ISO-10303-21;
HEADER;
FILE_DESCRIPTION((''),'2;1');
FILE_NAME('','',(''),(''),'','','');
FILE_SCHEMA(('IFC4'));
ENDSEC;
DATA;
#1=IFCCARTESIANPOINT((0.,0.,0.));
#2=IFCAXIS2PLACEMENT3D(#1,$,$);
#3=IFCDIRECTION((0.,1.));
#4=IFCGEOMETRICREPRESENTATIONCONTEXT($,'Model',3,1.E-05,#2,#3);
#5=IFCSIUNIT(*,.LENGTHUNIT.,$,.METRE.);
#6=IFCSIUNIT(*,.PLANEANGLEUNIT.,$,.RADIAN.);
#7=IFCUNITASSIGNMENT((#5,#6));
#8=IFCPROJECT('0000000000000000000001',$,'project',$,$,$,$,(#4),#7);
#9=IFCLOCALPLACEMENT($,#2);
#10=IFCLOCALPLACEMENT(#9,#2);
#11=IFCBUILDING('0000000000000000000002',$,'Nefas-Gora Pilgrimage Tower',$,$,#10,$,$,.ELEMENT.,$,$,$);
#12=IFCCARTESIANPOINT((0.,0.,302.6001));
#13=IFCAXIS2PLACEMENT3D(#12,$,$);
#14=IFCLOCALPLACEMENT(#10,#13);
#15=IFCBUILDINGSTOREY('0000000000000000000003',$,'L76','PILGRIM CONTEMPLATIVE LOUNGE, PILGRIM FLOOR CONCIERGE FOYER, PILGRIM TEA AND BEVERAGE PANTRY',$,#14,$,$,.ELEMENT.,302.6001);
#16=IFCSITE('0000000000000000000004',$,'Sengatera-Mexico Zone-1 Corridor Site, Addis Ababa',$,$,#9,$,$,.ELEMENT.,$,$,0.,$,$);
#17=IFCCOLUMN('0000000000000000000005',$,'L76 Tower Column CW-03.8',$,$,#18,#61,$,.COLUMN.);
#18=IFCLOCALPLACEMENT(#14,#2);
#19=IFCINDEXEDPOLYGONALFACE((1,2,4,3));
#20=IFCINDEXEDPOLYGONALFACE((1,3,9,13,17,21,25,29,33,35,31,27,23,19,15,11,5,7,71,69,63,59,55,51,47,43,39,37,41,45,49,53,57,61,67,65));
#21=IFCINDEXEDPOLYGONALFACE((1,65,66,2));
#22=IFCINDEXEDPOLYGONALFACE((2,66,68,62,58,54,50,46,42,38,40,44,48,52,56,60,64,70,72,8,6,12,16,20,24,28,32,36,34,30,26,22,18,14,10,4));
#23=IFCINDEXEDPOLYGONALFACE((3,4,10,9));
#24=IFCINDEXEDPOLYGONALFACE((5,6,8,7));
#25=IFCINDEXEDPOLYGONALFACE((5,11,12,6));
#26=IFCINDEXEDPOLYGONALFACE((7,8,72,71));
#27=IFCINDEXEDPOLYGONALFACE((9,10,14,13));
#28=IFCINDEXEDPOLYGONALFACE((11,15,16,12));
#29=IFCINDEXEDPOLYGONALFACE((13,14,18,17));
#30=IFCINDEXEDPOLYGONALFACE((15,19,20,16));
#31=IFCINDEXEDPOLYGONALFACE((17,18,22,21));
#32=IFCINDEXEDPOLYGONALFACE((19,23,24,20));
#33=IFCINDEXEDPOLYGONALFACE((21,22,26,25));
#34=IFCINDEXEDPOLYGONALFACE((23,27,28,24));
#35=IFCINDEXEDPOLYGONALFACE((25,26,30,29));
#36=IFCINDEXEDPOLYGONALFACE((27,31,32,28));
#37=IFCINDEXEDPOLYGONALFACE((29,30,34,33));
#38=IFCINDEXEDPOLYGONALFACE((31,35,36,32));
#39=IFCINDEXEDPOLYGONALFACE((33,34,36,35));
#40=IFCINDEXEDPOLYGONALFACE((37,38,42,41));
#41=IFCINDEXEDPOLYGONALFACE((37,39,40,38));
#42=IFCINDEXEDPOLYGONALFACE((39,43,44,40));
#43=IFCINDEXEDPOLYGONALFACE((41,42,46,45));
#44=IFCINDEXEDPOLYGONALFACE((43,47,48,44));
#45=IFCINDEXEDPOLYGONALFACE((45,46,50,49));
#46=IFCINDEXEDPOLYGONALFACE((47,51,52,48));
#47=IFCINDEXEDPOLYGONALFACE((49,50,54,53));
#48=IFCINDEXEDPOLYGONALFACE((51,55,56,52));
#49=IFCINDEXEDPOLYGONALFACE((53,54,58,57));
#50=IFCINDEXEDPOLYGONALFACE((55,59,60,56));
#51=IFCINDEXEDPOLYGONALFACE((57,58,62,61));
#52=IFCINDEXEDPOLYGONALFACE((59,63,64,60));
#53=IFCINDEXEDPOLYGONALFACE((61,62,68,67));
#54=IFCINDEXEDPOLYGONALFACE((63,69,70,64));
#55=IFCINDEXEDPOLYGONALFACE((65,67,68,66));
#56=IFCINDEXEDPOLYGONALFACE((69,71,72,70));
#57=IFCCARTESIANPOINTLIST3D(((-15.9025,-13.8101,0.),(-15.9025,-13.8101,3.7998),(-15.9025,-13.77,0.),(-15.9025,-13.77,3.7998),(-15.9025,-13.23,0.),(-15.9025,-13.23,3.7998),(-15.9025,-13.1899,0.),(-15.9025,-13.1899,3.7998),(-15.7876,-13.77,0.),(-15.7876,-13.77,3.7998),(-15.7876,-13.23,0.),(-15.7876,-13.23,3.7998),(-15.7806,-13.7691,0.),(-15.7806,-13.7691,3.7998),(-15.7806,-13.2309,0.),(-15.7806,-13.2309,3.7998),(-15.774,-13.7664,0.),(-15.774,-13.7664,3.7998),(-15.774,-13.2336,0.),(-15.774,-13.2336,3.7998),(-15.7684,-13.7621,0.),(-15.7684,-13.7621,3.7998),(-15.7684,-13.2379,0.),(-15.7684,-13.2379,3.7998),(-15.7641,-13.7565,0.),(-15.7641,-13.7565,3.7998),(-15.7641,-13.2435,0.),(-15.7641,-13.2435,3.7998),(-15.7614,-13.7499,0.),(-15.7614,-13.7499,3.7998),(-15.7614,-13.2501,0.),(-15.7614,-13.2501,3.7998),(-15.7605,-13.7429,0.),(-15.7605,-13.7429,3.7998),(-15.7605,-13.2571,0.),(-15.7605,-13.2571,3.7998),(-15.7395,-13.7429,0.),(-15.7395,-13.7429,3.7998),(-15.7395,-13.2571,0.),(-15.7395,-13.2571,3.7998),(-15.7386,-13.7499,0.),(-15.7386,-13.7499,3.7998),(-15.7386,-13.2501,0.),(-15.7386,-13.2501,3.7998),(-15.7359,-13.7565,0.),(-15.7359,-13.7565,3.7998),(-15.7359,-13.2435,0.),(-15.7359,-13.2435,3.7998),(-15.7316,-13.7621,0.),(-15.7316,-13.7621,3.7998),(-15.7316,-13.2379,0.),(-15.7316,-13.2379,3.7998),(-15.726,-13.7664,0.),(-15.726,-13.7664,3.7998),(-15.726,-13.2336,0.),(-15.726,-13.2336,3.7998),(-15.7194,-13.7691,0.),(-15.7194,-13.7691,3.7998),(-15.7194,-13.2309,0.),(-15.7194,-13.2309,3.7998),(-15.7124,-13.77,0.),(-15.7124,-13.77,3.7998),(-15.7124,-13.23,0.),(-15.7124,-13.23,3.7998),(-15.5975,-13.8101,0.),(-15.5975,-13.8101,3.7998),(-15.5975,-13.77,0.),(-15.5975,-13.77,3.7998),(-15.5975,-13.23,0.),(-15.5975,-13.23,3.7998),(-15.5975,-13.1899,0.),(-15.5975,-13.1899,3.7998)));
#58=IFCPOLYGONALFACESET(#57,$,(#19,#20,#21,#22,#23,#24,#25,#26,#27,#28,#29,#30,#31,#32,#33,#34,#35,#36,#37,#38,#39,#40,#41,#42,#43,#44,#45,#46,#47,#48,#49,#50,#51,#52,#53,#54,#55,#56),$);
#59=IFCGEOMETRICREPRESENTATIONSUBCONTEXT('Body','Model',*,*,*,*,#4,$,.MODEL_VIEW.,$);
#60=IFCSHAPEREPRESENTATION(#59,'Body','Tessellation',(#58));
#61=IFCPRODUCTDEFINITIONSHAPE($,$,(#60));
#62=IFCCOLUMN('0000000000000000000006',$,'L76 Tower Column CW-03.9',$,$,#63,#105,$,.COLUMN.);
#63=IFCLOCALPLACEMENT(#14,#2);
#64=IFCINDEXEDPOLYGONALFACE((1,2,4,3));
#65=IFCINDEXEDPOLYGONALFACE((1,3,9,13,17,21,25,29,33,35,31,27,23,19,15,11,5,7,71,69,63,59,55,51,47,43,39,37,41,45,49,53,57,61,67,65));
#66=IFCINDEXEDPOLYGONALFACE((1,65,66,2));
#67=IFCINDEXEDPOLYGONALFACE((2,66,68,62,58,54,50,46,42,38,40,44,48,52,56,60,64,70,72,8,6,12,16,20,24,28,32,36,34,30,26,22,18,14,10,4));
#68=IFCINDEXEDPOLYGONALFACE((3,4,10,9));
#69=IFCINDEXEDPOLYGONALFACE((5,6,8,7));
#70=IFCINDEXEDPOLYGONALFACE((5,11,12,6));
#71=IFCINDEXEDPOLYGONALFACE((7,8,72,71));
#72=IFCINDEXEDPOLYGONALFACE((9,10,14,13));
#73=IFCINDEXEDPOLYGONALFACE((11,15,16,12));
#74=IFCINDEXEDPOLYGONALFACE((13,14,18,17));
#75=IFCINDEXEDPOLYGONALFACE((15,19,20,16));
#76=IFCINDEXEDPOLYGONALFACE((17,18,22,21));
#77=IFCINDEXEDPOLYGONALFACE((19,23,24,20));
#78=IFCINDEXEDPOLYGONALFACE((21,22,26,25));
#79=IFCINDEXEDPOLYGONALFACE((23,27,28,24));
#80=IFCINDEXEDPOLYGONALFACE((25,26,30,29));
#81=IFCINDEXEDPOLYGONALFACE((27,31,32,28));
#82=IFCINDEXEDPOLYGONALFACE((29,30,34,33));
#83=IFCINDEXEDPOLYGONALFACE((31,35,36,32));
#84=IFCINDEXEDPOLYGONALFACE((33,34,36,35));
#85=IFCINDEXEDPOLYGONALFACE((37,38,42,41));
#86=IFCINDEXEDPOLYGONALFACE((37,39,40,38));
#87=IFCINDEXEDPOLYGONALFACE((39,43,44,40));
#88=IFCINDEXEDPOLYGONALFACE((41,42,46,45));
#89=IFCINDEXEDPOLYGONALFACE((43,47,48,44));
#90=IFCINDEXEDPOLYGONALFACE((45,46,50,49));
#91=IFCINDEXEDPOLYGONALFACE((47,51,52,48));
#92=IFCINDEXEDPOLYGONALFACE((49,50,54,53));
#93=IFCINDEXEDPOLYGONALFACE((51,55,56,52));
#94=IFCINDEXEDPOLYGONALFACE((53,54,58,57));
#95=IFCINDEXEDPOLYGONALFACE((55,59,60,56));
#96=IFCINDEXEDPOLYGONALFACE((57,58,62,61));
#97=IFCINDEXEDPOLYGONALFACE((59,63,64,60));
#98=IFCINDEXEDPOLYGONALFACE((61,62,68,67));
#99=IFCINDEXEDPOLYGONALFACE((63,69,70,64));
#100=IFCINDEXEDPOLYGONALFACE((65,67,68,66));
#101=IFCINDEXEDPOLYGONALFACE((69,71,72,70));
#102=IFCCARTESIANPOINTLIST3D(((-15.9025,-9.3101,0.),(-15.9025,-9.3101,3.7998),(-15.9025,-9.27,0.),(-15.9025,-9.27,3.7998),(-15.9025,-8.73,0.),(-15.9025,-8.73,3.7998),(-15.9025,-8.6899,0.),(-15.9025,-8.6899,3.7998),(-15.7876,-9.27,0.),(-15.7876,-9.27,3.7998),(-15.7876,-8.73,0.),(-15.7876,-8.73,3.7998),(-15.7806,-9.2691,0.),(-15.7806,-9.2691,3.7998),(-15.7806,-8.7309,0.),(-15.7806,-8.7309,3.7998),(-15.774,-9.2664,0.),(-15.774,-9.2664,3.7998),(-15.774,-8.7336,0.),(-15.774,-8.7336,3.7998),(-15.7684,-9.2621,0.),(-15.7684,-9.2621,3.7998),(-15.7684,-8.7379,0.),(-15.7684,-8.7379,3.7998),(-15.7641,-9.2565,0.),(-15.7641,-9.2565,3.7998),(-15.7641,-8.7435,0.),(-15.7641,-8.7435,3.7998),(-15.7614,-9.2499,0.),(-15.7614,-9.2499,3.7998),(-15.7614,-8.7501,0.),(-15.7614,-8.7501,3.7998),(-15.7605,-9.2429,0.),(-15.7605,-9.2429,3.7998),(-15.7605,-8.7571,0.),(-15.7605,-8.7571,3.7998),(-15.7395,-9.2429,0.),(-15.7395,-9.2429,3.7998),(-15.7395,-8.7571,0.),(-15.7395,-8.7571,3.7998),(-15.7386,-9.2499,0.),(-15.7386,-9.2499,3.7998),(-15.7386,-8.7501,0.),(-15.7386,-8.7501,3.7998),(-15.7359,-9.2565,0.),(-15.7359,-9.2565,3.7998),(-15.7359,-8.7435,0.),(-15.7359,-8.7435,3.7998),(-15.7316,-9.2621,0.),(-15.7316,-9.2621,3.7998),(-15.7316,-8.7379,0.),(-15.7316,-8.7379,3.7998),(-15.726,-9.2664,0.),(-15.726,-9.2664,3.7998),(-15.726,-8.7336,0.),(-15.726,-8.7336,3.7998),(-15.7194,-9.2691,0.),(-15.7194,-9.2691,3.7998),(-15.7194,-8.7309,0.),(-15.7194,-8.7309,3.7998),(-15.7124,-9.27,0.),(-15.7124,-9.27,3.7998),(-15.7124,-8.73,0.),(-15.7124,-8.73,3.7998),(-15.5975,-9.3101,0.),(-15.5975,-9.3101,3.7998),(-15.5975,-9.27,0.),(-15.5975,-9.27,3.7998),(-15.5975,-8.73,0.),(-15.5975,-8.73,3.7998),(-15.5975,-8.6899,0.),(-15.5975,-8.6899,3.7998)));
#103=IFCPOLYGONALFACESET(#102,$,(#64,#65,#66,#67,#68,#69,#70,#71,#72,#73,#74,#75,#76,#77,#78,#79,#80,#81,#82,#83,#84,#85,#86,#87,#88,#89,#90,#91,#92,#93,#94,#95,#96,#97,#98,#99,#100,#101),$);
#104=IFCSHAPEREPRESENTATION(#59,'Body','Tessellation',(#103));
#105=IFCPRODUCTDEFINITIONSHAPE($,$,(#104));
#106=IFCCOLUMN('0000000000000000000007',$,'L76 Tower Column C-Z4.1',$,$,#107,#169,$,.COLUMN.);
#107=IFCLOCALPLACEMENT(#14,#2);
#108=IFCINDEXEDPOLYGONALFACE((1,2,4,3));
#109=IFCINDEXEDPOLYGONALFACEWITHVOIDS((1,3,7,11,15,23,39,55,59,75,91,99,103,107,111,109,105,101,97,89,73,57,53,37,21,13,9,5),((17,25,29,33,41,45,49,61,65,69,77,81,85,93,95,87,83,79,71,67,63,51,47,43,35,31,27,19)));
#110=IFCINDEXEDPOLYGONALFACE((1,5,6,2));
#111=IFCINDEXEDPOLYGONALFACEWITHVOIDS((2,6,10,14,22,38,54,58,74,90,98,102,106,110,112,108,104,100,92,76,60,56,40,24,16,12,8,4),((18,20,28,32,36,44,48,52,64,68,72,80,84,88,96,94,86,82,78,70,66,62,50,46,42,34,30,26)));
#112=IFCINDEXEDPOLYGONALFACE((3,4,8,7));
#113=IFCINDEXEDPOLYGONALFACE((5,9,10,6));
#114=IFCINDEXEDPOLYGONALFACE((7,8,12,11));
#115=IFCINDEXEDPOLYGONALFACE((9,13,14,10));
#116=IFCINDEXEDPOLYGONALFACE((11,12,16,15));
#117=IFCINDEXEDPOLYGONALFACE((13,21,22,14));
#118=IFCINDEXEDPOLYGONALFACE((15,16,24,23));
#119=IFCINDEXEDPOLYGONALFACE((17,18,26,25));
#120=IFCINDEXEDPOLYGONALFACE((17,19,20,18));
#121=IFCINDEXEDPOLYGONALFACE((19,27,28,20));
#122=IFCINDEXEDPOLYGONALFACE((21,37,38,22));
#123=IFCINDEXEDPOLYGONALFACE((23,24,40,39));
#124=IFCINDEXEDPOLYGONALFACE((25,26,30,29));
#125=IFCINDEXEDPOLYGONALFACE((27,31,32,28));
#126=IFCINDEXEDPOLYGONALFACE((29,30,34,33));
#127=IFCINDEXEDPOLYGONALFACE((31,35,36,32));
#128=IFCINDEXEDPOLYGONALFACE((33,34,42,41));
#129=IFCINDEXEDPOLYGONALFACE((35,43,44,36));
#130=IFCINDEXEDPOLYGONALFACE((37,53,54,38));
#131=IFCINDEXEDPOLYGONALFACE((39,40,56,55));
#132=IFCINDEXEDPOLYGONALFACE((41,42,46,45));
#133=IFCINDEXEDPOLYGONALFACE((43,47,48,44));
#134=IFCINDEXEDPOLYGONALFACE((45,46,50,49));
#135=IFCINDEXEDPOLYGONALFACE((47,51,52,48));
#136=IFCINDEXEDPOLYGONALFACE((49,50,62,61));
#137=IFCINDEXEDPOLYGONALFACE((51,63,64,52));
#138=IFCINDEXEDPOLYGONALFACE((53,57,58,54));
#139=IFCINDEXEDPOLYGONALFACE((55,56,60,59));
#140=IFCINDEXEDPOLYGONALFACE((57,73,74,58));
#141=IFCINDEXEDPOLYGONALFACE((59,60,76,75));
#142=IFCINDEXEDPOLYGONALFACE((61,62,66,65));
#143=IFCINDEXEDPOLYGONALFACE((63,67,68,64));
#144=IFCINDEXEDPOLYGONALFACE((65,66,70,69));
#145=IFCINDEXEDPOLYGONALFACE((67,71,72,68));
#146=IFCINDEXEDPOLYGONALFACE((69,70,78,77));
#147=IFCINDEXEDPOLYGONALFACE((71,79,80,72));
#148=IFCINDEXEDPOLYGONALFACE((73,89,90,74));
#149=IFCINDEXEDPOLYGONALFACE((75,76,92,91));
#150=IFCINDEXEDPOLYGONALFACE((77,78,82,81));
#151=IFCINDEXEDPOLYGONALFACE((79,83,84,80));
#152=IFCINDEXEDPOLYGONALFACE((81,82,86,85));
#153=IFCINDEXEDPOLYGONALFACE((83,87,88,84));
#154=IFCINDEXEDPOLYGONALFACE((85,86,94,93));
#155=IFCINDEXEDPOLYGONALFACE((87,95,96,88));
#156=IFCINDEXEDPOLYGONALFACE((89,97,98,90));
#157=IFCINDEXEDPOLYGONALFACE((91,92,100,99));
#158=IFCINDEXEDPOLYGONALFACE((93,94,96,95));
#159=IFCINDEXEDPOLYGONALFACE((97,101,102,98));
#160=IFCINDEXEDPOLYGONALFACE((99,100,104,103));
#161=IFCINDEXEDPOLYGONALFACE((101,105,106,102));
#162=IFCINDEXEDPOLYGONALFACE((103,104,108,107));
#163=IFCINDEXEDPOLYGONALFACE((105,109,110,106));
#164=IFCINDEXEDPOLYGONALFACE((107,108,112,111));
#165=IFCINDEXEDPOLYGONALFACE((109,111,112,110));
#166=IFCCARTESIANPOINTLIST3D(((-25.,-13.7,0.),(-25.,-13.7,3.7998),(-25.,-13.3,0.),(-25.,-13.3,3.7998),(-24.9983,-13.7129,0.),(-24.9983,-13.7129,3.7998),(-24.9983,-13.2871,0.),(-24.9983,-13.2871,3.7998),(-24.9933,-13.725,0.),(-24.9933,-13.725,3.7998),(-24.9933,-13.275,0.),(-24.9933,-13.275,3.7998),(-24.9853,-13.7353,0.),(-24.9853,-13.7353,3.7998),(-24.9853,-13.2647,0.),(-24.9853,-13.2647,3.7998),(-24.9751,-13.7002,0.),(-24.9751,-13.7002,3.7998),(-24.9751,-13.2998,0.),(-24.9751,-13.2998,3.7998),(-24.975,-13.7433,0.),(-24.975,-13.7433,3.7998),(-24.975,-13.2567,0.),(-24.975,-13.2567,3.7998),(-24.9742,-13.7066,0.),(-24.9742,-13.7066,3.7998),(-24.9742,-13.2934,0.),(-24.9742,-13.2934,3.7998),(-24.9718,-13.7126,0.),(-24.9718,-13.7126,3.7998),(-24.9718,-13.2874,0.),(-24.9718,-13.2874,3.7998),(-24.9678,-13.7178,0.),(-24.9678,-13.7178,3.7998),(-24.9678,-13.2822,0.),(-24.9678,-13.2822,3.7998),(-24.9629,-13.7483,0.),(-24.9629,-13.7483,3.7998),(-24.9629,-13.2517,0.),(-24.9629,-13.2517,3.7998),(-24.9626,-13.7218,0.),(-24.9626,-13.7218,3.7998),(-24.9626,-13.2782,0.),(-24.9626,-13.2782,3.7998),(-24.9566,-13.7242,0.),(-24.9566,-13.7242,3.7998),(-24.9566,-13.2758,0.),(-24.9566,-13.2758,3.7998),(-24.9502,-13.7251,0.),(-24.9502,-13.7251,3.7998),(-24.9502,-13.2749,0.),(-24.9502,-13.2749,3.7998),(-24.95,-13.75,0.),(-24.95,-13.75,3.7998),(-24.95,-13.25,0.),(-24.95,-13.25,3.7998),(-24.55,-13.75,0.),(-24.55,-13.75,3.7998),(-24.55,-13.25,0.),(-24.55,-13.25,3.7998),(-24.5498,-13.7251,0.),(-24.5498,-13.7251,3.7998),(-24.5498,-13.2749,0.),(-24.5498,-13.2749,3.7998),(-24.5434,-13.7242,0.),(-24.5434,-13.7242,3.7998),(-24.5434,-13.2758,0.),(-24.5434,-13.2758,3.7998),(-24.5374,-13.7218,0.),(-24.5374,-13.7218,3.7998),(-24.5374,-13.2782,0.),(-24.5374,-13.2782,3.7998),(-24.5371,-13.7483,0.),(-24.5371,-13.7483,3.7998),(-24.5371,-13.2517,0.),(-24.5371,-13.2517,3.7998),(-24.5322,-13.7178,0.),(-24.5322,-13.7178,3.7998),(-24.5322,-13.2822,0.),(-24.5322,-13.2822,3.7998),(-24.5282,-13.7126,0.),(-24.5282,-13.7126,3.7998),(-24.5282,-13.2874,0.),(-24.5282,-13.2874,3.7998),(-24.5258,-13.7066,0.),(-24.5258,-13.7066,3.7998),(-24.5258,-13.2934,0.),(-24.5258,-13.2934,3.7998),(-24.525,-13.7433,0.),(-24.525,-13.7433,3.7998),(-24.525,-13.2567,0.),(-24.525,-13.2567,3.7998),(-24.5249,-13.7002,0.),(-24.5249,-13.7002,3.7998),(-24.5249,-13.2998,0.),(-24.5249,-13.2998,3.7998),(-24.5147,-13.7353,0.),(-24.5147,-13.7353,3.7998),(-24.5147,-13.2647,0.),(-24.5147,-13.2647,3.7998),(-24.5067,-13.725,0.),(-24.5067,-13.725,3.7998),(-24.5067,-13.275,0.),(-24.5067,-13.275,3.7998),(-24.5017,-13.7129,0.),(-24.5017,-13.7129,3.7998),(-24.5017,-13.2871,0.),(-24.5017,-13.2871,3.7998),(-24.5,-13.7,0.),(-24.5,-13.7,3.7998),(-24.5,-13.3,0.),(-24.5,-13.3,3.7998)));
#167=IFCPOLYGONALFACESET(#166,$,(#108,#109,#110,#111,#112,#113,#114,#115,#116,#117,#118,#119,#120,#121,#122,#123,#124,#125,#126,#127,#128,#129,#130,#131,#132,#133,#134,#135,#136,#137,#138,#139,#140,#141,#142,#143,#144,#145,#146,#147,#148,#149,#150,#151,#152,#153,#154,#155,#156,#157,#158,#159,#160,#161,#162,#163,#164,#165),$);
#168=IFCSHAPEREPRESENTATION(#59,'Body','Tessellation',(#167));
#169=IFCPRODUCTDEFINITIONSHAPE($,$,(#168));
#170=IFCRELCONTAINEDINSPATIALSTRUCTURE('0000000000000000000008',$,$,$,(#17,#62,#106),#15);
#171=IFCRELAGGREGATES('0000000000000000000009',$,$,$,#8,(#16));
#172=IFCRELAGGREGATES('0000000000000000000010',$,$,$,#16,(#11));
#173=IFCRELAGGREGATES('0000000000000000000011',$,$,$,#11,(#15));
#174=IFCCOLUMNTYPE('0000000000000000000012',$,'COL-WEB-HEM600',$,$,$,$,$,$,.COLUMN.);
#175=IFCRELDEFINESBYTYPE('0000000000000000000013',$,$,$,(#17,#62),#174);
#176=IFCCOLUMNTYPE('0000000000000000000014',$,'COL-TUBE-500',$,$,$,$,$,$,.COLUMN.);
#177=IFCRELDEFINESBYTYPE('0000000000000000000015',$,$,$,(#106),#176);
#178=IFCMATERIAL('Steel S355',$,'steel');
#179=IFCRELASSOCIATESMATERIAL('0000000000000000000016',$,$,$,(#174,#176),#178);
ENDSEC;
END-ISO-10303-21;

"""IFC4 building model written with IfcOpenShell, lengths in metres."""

from ifc_helpers import new_model, si_unit, direction, frame, origin, origin_2d, place, context, subcontext, project, spatial, hollow_rectangle, i_section, extrude, source, transform, mapped, material, material_profile, profile_set, type_object, element, save


model = new_model("IFC4")

# Units and contexts
model_context = context("Model", 3, precision=1e-05, world=origin(), true_north=direction((0.0, 1.0)))
body_context = subcontext(model_context, "Body", "Model", "MODEL_VIEW")
ifc_project = project(units=[si_unit("LENGTHUNIT", "METRE"), si_unit("PLANEANGLEUNIT", "RADIAN")], contexts=[model_context])

# Site, building, storey
site_placement = place(None, origin())
site = spatial("IfcSite", under=ifc_project, at=site_placement, Name="Sengatera-Mexico Zone-1 Corridor Site, Addis Ababa", CompositionType="ELEMENT", RefElevation=0.0)
building_placement = place(site_placement, origin())
building = spatial("IfcBuilding", under=site, at=building_placement, Name="Nefas-Gora Pilgrimage Tower", CompositionType="ELEMENT")
storey_placement = place(building_placement, frame((0.0, 0.0, 302.6001)))
storey = spatial("IfcBuildingStorey", under=building, at=storey_placement, Name="L76", Description="PILGRIM CONTEMPLATIVE LOUNGE, PILGRIM FLOOR CONCIERGE FOYER, PILGRIM TEA AND BEVERAGE PANTRY", CompositionType="ELEMENT", Elevation=302.6001)

# Columns
ifc_material_1 = material(Name="Steel S355", Category="steel")
ifc_material_profile_1 = material_profile(ifc_material_1, i_section(OverallWidth=0.3049, OverallDepth=0.6201, WebThickness=0.021, FlangeThickness=0.04, FilletRadius=0.0271, at=origin_2d()), Name="HEM 600")
ifc_profile_set_1 = profile_set([ifc_material_profile_1], Name="Steel S355")
column_type_1 = type_object("IfcColumnType", Name="COL-WEB-HEM600", PredefinedType="COLUMN", material=ifc_profile_set_1)
shared_shape_1 = source(origin(), body_context, "Body", "SweptSolid", [
    extrude(i_section(OverallWidth=0.3049, OverallDepth=0.6201, WebThickness=0.021, FlangeThickness=0.04, FilletRadius=0.0271, at=origin_2d()), origin(), (0.0, 0.0, 1.0), 3.7998),
])
for number, where, z_axis, x_axis, name in (
    (1, (-15.75, -13.5, 0.0), (0.0, 0.0, 1.0), (1.0, 0.0, 0.0), "L76 Tower Column CW-03.8"),
    (2, (-15.75, -9.0, 0.0), (0.0, 0.0, 1.0), (1.0, 0.0, 0.0), "L76 Tower Column CW-03.9"),
):
    element("IfcColumn", number, at=place(storey_placement, frame(where, z_axis=z_axis, x_axis=x_axis)), inside=storey, type_object=column_type_1, Name=name, PredefinedType="COLUMN", context=body_context, shape_type="MappedRepresentation", body=[
        mapped(shared_shape_1, transform((0.0, 0.0, 0.0), x_axis=(1.0, 0.0, 0.0), y_axis=(0.0, 1.0, 0.0), z_axis=(0.0, 0.0, 1.0), scale=1.0)),
    ])
ifc_material_profile_2 = material_profile(ifc_material_1, hollow_rectangle(XDim=0.5, YDim=0.5, WallThickness=0.0249, InnerFilletRadius=0.0249, OuterFilletRadius=0.05, at=origin_2d()), Name="SHS 500x500x25")
ifc_profile_set_2 = profile_set([ifc_material_profile_2], Name="Steel S355")
column_type_2 = type_object("IfcColumnType", Name="COL-TUBE-500", PredefinedType="COLUMN", material=ifc_profile_set_2)
shared_shape_2 = source(origin(), body_context, "Body", "SweptSolid", [
    extrude(hollow_rectangle(XDim=0.5, YDim=0.5, WallThickness=0.0249, InnerFilletRadius=0.0249, OuterFilletRadius=0.05, at=origin_2d()), origin(), (0.0, 0.0, 1.0), 3.7998),
])
for number, where, z_axis, x_axis, name in (
    (3, (-24.75, -13.5, 0.0), (0.0, 0.0, 1.0), (1.0, 0.0, 0.0), "L76 Tower Column C-Z4.1"),
):
    element("IfcColumn", number, at=place(storey_placement, frame(where, z_axis=z_axis, x_axis=x_axis)), inside=storey, type_object=column_type_2, Name=name, PredefinedType="COLUMN", context=body_context, shape_type="MappedRepresentation", body=[
        mapped(shared_shape_2, transform((0.0, 0.0, 0.0), x_axis=(1.0, 0.0, 0.0), y_axis=(0.0, 1.0, 0.0), z_axis=(0.0, 0.0, 1.0), scale=1.0)),
    ])

save(model, "model.ifc")
